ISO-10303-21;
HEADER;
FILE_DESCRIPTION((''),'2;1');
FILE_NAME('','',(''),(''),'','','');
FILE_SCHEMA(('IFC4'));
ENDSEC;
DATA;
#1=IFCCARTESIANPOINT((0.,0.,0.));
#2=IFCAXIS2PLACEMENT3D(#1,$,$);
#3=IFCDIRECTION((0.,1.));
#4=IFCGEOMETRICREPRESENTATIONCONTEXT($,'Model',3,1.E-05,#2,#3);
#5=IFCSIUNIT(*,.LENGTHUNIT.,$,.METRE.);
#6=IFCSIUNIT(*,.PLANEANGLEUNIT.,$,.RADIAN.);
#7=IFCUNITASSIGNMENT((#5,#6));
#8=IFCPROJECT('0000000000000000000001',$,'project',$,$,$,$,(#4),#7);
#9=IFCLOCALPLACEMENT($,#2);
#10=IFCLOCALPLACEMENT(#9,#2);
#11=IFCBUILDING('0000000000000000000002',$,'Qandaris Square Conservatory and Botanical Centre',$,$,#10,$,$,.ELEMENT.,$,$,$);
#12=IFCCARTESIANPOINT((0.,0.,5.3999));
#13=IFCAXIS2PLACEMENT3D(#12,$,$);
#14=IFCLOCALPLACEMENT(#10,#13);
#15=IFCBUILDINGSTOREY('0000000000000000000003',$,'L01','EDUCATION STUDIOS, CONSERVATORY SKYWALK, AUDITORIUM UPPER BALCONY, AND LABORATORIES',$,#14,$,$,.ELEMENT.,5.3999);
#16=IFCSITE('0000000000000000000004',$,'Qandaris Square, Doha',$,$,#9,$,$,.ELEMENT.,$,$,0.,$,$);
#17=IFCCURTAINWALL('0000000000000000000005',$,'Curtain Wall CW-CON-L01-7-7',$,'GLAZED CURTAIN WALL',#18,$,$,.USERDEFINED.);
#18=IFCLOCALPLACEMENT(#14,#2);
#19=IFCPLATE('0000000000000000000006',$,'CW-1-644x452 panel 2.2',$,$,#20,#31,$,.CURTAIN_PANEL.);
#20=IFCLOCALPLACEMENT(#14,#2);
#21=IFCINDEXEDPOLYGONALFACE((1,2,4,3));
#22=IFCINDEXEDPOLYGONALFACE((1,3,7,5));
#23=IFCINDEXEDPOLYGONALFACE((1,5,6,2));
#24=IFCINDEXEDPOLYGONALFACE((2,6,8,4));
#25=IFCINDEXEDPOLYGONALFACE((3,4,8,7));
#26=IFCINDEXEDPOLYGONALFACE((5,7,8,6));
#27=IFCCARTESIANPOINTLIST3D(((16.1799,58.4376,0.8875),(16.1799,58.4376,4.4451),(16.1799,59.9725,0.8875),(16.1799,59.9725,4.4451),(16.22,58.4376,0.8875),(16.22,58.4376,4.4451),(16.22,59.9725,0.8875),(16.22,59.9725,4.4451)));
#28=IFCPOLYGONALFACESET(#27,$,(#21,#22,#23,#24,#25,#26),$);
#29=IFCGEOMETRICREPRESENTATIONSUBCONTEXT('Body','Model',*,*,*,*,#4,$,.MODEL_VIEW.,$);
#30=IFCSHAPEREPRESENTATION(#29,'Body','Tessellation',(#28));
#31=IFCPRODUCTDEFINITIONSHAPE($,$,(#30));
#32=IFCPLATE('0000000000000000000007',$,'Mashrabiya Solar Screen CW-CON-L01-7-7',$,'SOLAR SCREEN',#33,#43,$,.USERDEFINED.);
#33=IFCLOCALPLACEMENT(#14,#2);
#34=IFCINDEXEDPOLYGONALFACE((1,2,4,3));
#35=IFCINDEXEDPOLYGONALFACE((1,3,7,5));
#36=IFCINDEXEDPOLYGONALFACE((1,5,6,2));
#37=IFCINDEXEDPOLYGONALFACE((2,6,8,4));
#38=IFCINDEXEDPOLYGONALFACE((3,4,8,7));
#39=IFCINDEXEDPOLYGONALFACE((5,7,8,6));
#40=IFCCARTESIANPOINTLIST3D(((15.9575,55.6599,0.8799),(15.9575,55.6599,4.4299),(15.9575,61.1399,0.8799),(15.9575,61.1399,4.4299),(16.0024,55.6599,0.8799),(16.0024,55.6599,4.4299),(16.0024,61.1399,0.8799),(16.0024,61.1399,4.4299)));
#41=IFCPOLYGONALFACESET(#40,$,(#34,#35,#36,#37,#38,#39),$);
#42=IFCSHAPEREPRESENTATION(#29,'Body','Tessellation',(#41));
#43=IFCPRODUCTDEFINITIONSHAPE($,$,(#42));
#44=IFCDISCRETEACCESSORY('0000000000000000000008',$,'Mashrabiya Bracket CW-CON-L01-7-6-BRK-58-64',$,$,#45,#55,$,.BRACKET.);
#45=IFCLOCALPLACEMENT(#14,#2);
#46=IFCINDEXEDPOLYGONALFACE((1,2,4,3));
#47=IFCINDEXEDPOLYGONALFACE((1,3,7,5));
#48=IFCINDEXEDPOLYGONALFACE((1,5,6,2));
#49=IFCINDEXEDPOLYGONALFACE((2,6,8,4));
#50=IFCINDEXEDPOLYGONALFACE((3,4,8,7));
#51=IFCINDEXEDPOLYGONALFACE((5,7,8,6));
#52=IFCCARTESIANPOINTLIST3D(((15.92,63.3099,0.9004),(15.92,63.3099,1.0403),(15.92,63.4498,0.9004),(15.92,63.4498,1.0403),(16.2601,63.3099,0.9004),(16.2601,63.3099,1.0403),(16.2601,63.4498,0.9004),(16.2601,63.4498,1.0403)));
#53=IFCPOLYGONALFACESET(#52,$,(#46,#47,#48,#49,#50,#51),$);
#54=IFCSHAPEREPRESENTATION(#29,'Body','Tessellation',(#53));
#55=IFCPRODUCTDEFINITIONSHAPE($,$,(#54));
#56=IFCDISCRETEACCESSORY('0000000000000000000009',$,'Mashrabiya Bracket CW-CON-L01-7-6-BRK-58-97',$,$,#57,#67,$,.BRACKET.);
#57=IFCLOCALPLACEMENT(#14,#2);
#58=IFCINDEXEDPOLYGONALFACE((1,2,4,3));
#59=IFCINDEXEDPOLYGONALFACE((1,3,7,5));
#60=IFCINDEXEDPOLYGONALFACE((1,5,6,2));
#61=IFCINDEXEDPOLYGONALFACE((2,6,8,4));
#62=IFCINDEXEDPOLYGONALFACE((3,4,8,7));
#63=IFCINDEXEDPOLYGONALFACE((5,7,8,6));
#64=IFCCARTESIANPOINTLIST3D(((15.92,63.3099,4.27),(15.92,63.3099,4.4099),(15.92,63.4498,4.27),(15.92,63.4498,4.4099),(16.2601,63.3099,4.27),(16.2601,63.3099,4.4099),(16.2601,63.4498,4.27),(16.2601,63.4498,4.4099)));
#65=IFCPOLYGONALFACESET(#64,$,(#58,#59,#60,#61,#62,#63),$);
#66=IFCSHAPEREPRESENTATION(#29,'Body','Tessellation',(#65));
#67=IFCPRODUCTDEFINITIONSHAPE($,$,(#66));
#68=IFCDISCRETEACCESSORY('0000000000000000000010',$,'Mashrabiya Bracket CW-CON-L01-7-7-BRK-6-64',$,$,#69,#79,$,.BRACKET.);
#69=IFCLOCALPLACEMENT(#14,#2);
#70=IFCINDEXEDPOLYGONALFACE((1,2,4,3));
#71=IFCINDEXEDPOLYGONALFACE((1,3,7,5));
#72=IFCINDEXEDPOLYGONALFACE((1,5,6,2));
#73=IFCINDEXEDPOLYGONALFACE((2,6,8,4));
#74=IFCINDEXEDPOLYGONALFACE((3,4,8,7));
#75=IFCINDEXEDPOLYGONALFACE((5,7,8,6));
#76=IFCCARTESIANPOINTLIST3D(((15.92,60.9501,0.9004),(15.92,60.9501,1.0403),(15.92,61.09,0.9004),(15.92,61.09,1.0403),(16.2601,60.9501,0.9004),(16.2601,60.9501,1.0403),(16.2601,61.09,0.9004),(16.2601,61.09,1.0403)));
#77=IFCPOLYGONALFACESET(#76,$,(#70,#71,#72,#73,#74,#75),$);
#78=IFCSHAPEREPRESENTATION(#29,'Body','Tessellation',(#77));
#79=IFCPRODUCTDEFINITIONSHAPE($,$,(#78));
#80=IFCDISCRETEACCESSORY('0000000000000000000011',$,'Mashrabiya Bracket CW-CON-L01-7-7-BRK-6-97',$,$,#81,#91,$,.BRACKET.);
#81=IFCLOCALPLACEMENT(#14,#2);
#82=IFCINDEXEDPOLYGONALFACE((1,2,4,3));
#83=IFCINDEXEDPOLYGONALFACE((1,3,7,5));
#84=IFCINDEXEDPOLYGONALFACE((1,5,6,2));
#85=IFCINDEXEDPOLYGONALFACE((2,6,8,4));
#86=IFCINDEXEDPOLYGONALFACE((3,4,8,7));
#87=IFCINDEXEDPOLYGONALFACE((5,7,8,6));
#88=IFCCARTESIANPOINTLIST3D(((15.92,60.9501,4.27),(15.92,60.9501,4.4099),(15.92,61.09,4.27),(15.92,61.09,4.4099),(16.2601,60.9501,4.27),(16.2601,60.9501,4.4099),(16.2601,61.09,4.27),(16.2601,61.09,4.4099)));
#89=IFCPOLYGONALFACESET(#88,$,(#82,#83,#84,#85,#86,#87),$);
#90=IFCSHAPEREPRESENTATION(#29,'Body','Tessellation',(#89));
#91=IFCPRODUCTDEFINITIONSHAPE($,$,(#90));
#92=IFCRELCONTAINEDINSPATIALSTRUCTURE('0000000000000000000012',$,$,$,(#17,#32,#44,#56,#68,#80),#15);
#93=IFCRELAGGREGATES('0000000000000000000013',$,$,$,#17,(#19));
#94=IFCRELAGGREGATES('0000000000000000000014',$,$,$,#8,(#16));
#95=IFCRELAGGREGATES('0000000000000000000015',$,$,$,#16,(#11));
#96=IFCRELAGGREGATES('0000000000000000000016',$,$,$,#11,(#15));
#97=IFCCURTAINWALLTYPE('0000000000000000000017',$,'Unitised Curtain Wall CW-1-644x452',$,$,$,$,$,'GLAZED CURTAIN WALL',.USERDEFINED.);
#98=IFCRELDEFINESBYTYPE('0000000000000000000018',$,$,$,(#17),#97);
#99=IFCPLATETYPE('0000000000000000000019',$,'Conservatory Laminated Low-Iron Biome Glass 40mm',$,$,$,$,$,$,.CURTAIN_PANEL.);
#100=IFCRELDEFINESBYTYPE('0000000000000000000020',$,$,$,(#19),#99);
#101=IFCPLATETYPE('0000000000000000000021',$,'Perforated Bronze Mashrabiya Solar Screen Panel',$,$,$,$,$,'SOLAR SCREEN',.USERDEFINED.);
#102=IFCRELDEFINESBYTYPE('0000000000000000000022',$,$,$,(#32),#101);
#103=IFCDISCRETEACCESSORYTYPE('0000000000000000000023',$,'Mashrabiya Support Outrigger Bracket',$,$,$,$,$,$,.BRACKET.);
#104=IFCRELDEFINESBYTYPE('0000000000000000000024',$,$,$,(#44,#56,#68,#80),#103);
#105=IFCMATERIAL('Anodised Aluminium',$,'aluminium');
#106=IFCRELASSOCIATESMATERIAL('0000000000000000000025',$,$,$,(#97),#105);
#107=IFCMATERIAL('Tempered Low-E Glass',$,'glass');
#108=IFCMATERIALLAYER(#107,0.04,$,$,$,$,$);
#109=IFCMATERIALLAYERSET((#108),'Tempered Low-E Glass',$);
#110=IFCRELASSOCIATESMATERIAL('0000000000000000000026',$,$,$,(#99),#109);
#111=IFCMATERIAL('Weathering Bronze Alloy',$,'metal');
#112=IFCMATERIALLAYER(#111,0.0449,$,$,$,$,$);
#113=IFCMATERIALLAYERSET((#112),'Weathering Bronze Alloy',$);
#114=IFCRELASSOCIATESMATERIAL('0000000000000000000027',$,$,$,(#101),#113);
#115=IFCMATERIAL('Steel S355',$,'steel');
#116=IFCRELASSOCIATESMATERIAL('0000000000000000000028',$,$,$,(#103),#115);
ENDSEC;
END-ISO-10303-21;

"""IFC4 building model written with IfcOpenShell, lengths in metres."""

from ifc_helpers import new_model, si_unit, direction, frame, origin, origin_2d, place, context, subcontext, project, spatial, rectangle, extrude, material, layer, layer_set, type_object, element, aggregate, save


model = new_model("IFC4")

# Units and contexts
model_context = context("Model", 3, precision=1e-05, world=origin(), true_north=direction((0.0, 1.0)))
body_context = subcontext(model_context, "Body", "Model", "MODEL_VIEW")
ifc_project = project(units=[si_unit("LENGTHUNIT", "METRE"), si_unit("PLANEANGLEUNIT", "RADIAN")], contexts=[model_context])

# Site, building, storey
site_placement = place(None, origin())
site = spatial("IfcSite", under=ifc_project, at=site_placement, Name="Qandaris Square, Doha", CompositionType="ELEMENT", RefElevation=0.0)
building_placement = place(site_placement, origin())
building = spatial("IfcBuilding", under=site, at=building_placement, Name="Qandaris Square Conservatory and Botanical Centre", CompositionType="ELEMENT")
storey_placement = place(building_placement, frame((0.0, 0.0, 5.3999)))
storey = spatial("IfcBuildingStorey", under=building, at=storey_placement, Name="L01", Description="EDUCATION STUDIOS, CONSERVATORY SKYWALK, AUDITORIUM UPPER BALCONY, AND LABORATORIES", CompositionType="ELEMENT", Elevation=5.3999)

# Shared definitions
ifc_material_1 = material(Name="Steel S355", Category="steel")

# Curtain wall
ifc_material_2 = material(Name="Anodised Aluminium", Category="aluminium")
curtain_wall_type = type_object("IfcCurtainWallType", Name="Unitised Curtain Wall CW-1-644x452", ElementType="GLAZED CURTAIN WALL", PredefinedType="USERDEFINED", material=ifc_material_2)
curtain_wall_1_placement = place(storey_placement, origin())
curtain_wall_1 = element("IfcCurtainWall", 1, at=curtain_wall_1_placement, inside=storey, type_object=curtain_wall_type, Name="Curtain Wall CW-CON-L01-7-7", ObjectType="GLAZED CURTAIN WALL", PredefinedType="USERDEFINED")

# Plates
ifc_material_3 = material(Name="Tempered Low-E Glass", Category="glass")
ifc_layer_1 = layer(ifc_material_3, 0.04)
ifc_layer_set_1 = layer_set([ifc_layer_1], Name="Tempered Low-E Glass")
plate_type_1 = type_object("IfcPlateType", Name="Conservatory Laminated Low-Iron Biome Glass 40mm", PredefinedType="CURTAIN_PANEL", material=ifc_layer_set_1)
plate_1_placement = place(storey_placement, frame((16.2, 59.2051, 0.8875), z_axis=(0.0, 0.0, 1.0), x_axis=(0.0, -1.0, 0.0)))
plate_1 = element("IfcPlate", 2, at=plate_1_placement, type_object=plate_type_1, Name="CW-1-644x452 panel 2.2", PredefinedType="CURTAIN_PANEL", context=body_context, shape_type="SweptSolid", body=[
    extrude(rectangle(XDim=1.5349, YDim=0.04, at=origin_2d()), origin(), (0.0, 0.0, 1.0), 3.5576),
])
aggregate(curtain_wall_1, [plate_1])
ifc_material_4 = material(Name="Weathering Bronze Alloy", Category="metal")
ifc_layer_2 = layer(ifc_material_4, 0.0449)
ifc_layer_set_2 = layer_set([ifc_layer_2], Name="Weathering Bronze Alloy")
plate_type_2 = type_object("IfcPlateType", Name="Perforated Bronze Mashrabiya Solar Screen Panel", ElementType="SOLAR SCREEN", PredefinedType="USERDEFINED", material=ifc_layer_set_2)
plate_2_placement = place(storey_placement, frame((15.98, 58.3999, 0.8799), z_axis=(0.0, 0.0, 1.0), x_axis=(0.0, -1.0, 0.0)))
element("IfcPlate", 3, at=plate_2_placement, inside=storey, type_object=plate_type_2, Name="Mashrabiya Solar Screen CW-CON-L01-7-7", ObjectType="SOLAR SCREEN", PredefinedType="USERDEFINED", context=body_context, shape_type="SweptSolid", body=[
    extrude(rectangle(XDim=5.48, YDim=0.0449, at=origin_2d()), origin(), (0.0, 0.0, 1.0), 3.55),
])

# Discrete accessories
discrete_accessory_type = type_object("IfcDiscreteAccessoryType", Name="Mashrabiya Support Outrigger Bracket", PredefinedType="BRACKET", material=ifc_material_1)
for number, where, z_axis, x_axis, name in (
    (4, (16.0901, 63.3799, 0.9004), (0.0, 0.0, 1.0), (0.0, -1.0, 0.0), "Mashrabiya Bracket CW-CON-L01-7-6-BRK-58-64"),
    (5, (16.0901, 63.3799, 4.27), (0.0, 0.0, 1.0), (0.0, -1.0, 0.0), "Mashrabiya Bracket CW-CON-L01-7-6-BRK-58-97"),
    (6, (16.0901, 61.02, 0.9004), (0.0, 0.0, 1.0), (0.0, -1.0, 0.0), "Mashrabiya Bracket CW-CON-L01-7-7-BRK-6-64"),
    (7, (16.0901, 61.02, 4.27), (0.0, 0.0, 1.0), (0.0, -1.0, 0.0), "Mashrabiya Bracket CW-CON-L01-7-7-BRK-6-97"),
):
    element("IfcDiscreteAccessory", number, at=place(storey_placement, frame(where, z_axis=z_axis, x_axis=x_axis)), inside=storey, type_object=discrete_accessory_type, Name=name, PredefinedType="BRACKET", context=body_context, shape_type="SweptSolid", body=[
        extrude(rectangle(XDim=0.1399, YDim=0.3401, at=origin_2d()), origin(), (0.0, 0.0, 1.0), 0.1399),
    ])

save(model, "model.ifc")
